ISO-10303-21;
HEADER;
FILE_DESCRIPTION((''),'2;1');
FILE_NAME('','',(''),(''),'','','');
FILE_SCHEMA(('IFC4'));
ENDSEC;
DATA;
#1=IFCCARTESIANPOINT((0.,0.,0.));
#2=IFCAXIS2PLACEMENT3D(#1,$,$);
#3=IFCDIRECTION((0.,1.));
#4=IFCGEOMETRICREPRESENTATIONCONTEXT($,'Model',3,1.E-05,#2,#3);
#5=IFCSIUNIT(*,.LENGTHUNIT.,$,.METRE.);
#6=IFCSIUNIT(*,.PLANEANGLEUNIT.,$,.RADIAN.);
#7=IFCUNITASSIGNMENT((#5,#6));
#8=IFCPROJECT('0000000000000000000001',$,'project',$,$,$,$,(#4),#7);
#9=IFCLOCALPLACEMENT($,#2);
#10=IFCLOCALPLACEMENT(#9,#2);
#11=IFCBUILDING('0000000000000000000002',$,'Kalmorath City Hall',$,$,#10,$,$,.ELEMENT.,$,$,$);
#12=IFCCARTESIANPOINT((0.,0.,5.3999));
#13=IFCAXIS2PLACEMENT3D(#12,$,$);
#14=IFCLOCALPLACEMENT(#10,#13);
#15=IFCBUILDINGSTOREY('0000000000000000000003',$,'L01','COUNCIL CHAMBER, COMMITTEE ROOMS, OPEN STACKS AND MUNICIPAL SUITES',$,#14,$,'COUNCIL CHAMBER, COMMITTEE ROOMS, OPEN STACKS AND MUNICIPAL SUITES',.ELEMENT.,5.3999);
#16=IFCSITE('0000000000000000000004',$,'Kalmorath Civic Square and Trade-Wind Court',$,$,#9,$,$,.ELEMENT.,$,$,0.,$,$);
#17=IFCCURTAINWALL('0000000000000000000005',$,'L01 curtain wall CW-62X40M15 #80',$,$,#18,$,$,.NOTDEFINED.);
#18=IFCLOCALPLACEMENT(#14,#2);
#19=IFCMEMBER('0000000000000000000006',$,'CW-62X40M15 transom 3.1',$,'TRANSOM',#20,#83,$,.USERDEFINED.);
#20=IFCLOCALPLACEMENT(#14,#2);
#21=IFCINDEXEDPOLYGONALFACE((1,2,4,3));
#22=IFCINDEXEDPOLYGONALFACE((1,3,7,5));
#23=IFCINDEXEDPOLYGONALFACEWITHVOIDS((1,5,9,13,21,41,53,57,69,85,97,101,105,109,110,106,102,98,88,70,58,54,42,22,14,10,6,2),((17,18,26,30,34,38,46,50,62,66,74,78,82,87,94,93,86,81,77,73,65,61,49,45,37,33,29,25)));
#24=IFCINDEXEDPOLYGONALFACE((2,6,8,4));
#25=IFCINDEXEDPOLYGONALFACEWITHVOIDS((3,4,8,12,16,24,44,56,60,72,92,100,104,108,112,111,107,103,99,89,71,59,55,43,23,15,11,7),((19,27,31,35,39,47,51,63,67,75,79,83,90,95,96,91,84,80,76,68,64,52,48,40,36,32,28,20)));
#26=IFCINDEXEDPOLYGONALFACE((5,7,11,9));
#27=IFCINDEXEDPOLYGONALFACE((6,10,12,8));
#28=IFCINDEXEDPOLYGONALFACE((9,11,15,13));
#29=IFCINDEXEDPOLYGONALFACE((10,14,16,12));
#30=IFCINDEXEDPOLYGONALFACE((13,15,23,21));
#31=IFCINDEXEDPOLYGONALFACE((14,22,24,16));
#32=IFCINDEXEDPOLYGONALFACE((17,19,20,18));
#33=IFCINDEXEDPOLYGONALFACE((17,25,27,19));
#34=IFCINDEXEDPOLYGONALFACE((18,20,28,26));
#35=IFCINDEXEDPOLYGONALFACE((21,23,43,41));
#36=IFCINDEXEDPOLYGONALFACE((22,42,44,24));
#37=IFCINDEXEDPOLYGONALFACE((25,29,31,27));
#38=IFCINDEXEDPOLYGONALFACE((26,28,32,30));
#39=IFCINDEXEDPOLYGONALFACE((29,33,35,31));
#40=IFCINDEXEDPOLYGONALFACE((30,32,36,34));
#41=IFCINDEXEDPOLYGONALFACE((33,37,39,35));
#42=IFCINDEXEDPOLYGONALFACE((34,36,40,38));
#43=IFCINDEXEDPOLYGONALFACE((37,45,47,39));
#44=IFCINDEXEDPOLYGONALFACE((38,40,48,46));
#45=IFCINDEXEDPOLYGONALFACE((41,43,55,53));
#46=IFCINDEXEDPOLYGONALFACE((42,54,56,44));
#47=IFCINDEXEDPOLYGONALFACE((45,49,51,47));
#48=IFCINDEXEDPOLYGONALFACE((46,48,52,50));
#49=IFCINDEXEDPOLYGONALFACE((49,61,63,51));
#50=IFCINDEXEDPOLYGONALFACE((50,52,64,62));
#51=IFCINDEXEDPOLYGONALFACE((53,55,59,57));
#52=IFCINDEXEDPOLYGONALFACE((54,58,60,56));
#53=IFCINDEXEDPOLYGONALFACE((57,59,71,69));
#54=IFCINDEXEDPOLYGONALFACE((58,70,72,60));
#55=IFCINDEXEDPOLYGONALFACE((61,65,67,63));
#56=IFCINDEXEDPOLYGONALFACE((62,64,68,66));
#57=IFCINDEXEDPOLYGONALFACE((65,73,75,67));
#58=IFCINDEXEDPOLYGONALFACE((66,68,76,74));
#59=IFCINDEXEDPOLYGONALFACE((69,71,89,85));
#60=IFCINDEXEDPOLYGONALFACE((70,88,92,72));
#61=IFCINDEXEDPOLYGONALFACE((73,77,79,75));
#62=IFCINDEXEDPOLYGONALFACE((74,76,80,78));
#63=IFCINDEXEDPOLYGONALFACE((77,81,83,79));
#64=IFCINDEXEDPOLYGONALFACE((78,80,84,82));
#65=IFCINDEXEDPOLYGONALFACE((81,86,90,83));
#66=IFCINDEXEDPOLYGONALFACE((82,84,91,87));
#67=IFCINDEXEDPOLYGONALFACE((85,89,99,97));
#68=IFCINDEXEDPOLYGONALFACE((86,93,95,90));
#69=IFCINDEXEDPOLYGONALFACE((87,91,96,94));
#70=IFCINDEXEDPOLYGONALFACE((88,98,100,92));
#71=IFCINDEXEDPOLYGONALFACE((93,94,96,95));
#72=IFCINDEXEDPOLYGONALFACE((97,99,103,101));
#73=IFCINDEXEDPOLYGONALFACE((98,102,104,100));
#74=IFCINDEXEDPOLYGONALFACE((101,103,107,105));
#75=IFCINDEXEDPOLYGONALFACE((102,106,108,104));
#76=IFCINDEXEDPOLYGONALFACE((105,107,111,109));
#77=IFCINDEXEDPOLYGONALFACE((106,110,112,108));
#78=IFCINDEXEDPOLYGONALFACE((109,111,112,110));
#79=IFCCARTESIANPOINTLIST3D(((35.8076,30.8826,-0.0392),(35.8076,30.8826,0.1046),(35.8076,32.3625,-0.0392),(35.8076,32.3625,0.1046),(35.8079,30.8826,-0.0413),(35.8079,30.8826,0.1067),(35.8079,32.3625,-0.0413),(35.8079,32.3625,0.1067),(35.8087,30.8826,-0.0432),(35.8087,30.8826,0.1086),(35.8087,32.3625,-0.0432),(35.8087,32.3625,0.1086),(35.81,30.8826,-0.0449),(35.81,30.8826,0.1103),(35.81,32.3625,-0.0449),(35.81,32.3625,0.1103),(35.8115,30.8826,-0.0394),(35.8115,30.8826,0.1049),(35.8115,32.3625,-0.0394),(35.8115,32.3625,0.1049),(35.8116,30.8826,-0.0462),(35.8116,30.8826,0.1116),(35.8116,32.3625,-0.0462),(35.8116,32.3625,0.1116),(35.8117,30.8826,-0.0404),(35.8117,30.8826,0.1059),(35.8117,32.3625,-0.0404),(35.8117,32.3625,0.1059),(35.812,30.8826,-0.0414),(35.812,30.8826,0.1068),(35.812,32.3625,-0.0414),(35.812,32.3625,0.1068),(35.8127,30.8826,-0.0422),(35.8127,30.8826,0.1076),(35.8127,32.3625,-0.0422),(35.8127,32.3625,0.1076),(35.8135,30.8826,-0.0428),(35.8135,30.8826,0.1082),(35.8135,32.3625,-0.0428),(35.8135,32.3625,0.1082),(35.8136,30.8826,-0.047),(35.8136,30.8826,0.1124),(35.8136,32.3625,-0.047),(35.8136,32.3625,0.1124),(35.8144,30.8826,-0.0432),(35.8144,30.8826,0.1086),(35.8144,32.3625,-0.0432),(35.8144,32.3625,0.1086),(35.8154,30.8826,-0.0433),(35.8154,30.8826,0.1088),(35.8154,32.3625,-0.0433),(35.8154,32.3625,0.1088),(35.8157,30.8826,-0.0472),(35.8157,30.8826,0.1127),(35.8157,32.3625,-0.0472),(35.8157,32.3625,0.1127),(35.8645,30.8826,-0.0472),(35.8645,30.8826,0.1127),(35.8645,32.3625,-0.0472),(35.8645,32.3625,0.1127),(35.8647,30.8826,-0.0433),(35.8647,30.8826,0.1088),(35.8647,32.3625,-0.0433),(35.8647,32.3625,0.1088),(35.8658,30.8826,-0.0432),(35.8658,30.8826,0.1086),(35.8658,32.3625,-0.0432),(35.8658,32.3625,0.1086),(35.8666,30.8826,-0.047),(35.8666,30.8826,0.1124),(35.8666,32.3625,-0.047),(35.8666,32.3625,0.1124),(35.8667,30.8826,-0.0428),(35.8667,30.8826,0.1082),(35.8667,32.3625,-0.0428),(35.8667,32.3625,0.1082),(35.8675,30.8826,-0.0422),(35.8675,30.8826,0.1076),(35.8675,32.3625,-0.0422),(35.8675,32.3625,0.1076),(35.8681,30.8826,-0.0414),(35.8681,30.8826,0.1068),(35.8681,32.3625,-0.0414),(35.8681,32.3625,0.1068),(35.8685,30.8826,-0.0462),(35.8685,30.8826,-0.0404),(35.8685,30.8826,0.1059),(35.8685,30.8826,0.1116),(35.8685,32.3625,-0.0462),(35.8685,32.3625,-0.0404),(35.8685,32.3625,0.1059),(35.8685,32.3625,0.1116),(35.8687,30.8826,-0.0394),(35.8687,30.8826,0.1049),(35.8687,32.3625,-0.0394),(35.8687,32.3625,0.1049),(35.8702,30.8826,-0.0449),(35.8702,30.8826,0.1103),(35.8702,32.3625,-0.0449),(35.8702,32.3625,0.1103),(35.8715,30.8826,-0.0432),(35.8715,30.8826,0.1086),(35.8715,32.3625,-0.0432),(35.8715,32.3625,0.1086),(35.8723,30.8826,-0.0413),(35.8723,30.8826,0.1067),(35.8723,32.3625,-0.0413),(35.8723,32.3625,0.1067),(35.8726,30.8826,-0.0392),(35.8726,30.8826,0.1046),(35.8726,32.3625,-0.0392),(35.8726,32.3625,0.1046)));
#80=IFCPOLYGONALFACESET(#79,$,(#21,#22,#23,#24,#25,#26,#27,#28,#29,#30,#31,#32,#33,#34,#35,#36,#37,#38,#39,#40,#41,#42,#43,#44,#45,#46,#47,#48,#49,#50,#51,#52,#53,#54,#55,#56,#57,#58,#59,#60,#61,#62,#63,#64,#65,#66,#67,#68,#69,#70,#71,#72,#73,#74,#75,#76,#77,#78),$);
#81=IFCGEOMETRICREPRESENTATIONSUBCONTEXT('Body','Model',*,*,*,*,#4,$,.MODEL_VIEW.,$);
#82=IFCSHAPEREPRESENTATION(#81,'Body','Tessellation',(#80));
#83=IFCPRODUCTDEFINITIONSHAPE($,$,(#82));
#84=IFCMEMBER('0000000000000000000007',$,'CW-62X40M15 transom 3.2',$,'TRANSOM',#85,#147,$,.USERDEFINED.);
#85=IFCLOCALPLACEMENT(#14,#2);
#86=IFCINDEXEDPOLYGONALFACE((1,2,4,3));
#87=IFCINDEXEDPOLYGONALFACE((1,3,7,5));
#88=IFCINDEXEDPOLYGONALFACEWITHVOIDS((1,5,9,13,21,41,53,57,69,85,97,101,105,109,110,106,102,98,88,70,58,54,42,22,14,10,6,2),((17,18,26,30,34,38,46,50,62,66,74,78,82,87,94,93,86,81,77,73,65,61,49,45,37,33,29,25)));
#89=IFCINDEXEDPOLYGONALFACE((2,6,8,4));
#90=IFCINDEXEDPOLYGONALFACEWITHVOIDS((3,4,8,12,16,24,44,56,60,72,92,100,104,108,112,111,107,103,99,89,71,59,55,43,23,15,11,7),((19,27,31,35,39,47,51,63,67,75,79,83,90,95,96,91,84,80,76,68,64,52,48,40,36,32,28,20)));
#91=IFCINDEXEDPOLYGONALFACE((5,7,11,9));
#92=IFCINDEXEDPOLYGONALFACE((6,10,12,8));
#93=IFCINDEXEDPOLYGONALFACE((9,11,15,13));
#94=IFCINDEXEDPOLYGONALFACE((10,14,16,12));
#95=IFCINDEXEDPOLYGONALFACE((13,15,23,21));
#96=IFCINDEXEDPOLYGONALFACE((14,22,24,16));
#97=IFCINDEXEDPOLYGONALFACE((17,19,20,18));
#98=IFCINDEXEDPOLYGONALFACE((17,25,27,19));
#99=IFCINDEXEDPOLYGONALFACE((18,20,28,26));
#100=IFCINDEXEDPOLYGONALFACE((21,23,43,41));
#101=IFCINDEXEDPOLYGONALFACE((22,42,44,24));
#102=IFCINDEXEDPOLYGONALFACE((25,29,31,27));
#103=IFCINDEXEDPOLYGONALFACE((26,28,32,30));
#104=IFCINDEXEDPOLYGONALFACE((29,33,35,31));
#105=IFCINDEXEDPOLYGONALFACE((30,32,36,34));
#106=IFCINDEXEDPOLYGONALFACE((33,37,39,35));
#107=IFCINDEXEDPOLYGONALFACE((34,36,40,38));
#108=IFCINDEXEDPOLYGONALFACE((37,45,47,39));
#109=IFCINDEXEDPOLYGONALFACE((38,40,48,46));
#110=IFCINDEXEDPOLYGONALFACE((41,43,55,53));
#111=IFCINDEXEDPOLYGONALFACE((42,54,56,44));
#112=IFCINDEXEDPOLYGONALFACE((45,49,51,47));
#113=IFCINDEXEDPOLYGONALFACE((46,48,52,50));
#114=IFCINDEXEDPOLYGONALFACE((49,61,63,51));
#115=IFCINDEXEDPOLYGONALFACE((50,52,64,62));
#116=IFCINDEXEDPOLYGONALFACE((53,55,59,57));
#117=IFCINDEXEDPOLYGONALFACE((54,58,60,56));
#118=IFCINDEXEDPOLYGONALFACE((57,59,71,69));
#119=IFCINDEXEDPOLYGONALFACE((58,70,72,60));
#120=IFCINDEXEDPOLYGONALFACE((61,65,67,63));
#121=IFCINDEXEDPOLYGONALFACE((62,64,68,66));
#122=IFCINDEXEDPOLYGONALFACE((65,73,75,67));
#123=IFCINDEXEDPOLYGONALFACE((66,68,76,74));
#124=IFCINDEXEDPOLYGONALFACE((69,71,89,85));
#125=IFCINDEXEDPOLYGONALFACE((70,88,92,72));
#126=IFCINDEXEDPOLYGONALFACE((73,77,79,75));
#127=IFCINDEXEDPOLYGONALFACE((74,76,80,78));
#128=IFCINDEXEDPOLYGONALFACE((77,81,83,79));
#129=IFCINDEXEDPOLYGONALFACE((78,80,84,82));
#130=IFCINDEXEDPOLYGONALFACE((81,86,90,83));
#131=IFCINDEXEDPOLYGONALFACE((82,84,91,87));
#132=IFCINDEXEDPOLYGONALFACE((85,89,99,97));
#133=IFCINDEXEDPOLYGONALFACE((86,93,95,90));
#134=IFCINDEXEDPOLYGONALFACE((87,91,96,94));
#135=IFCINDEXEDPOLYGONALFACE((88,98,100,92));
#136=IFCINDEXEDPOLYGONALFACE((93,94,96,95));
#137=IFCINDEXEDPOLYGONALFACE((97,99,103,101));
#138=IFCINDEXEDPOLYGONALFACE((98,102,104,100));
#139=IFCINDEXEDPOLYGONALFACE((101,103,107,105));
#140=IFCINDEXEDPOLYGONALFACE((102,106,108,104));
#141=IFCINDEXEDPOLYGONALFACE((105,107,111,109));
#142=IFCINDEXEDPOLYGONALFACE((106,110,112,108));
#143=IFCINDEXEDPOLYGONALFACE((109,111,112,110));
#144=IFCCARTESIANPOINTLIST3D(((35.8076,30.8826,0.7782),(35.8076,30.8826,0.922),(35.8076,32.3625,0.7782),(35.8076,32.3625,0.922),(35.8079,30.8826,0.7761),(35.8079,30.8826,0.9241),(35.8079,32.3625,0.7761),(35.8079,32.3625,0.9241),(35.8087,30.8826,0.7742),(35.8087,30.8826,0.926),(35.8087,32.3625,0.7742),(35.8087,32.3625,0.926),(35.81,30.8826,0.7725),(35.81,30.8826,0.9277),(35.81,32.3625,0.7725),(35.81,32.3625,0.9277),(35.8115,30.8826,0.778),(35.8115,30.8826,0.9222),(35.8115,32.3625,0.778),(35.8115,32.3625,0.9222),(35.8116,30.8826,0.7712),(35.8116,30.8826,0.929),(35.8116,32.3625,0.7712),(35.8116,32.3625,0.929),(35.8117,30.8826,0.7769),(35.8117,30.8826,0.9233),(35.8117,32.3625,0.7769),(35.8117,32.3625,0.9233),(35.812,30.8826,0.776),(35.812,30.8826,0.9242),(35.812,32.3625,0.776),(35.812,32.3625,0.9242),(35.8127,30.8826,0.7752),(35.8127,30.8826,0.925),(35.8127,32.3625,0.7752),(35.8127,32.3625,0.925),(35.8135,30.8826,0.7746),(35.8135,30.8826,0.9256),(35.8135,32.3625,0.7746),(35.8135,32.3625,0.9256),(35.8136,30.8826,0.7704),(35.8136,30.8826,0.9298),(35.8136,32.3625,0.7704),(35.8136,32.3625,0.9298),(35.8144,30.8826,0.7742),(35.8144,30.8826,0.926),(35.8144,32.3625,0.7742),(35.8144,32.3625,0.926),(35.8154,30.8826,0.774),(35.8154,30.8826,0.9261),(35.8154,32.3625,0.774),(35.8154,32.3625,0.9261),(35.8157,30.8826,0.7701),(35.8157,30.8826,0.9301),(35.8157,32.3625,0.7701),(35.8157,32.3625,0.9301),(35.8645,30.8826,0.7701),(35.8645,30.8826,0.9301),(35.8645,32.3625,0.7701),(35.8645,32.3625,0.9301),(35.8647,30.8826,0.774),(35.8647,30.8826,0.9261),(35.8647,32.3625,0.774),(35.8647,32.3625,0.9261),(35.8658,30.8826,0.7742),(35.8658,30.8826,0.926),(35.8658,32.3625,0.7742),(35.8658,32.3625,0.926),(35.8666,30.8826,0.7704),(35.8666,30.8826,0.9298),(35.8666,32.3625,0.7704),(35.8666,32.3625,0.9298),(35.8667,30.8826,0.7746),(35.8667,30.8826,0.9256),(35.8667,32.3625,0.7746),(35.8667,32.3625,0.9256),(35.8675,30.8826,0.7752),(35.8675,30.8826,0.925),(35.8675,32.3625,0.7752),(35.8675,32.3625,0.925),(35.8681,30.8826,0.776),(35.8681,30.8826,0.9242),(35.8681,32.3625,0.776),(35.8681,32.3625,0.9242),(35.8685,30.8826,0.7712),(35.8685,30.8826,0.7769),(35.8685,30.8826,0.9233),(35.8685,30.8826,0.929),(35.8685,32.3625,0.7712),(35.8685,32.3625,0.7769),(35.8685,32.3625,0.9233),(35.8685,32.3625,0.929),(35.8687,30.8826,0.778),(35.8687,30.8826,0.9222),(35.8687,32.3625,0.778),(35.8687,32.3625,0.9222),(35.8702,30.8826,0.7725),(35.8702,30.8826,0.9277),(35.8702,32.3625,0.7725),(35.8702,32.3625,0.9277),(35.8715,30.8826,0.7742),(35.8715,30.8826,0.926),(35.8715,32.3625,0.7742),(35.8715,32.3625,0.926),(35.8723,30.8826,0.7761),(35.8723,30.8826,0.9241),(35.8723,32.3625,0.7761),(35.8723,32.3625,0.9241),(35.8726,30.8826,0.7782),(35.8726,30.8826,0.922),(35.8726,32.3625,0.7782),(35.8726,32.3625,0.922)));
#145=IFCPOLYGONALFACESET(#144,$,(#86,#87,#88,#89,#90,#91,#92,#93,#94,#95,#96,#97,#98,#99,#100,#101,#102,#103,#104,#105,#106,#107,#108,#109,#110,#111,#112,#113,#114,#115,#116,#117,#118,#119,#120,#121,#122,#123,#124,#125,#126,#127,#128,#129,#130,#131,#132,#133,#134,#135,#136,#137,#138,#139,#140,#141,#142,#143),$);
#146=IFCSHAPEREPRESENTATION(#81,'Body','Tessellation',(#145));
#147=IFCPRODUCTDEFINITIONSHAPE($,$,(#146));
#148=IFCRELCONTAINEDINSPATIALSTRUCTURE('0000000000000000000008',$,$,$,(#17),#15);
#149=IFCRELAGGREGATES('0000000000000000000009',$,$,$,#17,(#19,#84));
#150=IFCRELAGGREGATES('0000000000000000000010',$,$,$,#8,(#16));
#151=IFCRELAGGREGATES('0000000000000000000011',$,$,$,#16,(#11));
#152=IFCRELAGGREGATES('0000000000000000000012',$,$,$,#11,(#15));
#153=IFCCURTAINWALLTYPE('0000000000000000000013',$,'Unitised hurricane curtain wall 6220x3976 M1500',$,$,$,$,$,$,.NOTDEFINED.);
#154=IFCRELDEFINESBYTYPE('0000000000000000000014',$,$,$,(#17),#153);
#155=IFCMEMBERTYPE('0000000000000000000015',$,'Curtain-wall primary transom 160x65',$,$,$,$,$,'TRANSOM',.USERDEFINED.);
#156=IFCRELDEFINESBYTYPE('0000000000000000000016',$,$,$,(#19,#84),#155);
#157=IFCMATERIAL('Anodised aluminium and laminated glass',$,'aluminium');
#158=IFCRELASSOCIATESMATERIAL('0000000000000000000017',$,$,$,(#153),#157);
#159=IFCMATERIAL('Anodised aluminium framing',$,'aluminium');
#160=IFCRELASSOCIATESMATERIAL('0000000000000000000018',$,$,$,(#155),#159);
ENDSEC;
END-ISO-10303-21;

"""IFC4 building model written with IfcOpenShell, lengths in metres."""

from ifc_helpers import new_model, si_unit, direction, frame, origin, origin_2d, place, context, subcontext, project, spatial, hollow_rectangle, extrude, material, material_profile, profile_set, type_object, element, aggregate, save


model = new_model("IFC4")

# Units and contexts
model_context = context("Model", 3, precision=1e-05, world=origin(), true_north=direction((0.0, 1.0)))
body_context = subcontext(model_context, "Body", "Model", "MODEL_VIEW")
ifc_project = project(units=[si_unit("LENGTHUNIT", "METRE"), si_unit("PLANEANGLEUNIT", "RADIAN")], contexts=[model_context])

# Site, building, storey
site_placement = place(None, origin())
site = spatial("IfcSite", under=ifc_project, at=site_placement, Name="Kalmorath Civic Square and Trade-Wind Court", CompositionType="ELEMENT", RefElevation=0.0)
building_placement = place(site_placement, origin())
building = spatial("IfcBuilding", under=site, at=building_placement, Name="Kalmorath City Hall", CompositionType="ELEMENT")
storey_placement = place(building_placement, frame((0.0, 0.0, 5.3999)))
storey = spatial("IfcBuildingStorey", under=building, at=storey_placement, Name="L01", Description="COUNCIL CHAMBER, COMMITTEE ROOMS, OPEN STACKS AND MUNICIPAL SUITES", LongName="COUNCIL CHAMBER, COMMITTEE ROOMS, OPEN STACKS AND MUNICIPAL SUITES", CompositionType="ELEMENT", Elevation=5.3999)

# Curtain wall
ifc_material_1 = material(Name="Anodised aluminium and laminated glass", Category="aluminium")
curtain_wall_type_1 = type_object("IfcCurtainWallType", Name="Unitised hurricane curtain wall 6220x3976 M1500", PredefinedType="NOTDEFINED", material=ifc_material_1)
curtain_wall_1_placement = place(storey_placement, origin())
curtain_wall_1 = element("IfcCurtainWall", 1, at=curtain_wall_1_placement, inside=storey, type_object=curtain_wall_type_1, Name="L01 curtain wall CW-62X40M15 #80", PredefinedType="NOTDEFINED")

# Members
ifc_material_2 = material(Name="Anodised aluminium framing", Category="aluminium")
ifc_material_profile_1 = material_profile(ifc_material_2, hollow_rectangle(XDim=0.0649, YDim=0.1599, WallThickness=0.0039, InnerFilletRadius=0.0039, OuterFilletRadius=0.0081, at=origin_2d()), Name="ALU-TRN-160X65X4")
ifc_profile_set_1 = profile_set([ifc_material_profile_1], Name="Anodised aluminium framing")
member_type_1 = type_object("IfcMemberType", Name="Curtain-wall primary transom 160x65", ElementType="TRANSOM", PredefinedType="USERDEFINED", material=ifc_profile_set_1)
member_1_placement = place(storey_placement, frame((35.8401, 32.3625, 0.0327), z_axis=(0.0, -1.0, 0.0), x_axis=(1.0, 0.0, 0.0)))
member_1 = element("IfcMember", 2, at=member_1_placement, type_object=member_type_1, Name="CW-62X40M15 transom 3.1", ObjectType="TRANSOM", PredefinedType="USERDEFINED", context=body_context, shape_type="SweptSolid", body=[
    extrude(hollow_rectangle(XDim=0.0649, YDim=0.1599, WallThickness=0.0039, InnerFilletRadius=0.0039, OuterFilletRadius=0.0081, at=origin_2d()), origin(), (0.0, 0.0, 1.0), 1.48),
])
member_2_placement = place(storey_placement, frame((35.8401, 32.3625, 0.8501), z_axis=(0.0, -1.0, 0.0), x_axis=(1.0, 0.0, 0.0)))
member_2 = element("IfcMember", 3, at=member_2_placement, type_object=member_type_1, Name="CW-62X40M15 transom 3.2", ObjectType="TRANSOM", PredefinedType="USERDEFINED", context=body_context, shape_type="SweptSolid", body=[
    extrude(hollow_rectangle(XDim=0.0649, YDim=0.1599, WallThickness=0.0039, InnerFilletRadius=0.0039, OuterFilletRadius=0.0081, at=origin_2d()), origin(), (0.0, 0.0, 1.0), 1.48),
])

aggregate(curtain_wall_1, [member_1, member_2])

save(model, "model.ifc")
